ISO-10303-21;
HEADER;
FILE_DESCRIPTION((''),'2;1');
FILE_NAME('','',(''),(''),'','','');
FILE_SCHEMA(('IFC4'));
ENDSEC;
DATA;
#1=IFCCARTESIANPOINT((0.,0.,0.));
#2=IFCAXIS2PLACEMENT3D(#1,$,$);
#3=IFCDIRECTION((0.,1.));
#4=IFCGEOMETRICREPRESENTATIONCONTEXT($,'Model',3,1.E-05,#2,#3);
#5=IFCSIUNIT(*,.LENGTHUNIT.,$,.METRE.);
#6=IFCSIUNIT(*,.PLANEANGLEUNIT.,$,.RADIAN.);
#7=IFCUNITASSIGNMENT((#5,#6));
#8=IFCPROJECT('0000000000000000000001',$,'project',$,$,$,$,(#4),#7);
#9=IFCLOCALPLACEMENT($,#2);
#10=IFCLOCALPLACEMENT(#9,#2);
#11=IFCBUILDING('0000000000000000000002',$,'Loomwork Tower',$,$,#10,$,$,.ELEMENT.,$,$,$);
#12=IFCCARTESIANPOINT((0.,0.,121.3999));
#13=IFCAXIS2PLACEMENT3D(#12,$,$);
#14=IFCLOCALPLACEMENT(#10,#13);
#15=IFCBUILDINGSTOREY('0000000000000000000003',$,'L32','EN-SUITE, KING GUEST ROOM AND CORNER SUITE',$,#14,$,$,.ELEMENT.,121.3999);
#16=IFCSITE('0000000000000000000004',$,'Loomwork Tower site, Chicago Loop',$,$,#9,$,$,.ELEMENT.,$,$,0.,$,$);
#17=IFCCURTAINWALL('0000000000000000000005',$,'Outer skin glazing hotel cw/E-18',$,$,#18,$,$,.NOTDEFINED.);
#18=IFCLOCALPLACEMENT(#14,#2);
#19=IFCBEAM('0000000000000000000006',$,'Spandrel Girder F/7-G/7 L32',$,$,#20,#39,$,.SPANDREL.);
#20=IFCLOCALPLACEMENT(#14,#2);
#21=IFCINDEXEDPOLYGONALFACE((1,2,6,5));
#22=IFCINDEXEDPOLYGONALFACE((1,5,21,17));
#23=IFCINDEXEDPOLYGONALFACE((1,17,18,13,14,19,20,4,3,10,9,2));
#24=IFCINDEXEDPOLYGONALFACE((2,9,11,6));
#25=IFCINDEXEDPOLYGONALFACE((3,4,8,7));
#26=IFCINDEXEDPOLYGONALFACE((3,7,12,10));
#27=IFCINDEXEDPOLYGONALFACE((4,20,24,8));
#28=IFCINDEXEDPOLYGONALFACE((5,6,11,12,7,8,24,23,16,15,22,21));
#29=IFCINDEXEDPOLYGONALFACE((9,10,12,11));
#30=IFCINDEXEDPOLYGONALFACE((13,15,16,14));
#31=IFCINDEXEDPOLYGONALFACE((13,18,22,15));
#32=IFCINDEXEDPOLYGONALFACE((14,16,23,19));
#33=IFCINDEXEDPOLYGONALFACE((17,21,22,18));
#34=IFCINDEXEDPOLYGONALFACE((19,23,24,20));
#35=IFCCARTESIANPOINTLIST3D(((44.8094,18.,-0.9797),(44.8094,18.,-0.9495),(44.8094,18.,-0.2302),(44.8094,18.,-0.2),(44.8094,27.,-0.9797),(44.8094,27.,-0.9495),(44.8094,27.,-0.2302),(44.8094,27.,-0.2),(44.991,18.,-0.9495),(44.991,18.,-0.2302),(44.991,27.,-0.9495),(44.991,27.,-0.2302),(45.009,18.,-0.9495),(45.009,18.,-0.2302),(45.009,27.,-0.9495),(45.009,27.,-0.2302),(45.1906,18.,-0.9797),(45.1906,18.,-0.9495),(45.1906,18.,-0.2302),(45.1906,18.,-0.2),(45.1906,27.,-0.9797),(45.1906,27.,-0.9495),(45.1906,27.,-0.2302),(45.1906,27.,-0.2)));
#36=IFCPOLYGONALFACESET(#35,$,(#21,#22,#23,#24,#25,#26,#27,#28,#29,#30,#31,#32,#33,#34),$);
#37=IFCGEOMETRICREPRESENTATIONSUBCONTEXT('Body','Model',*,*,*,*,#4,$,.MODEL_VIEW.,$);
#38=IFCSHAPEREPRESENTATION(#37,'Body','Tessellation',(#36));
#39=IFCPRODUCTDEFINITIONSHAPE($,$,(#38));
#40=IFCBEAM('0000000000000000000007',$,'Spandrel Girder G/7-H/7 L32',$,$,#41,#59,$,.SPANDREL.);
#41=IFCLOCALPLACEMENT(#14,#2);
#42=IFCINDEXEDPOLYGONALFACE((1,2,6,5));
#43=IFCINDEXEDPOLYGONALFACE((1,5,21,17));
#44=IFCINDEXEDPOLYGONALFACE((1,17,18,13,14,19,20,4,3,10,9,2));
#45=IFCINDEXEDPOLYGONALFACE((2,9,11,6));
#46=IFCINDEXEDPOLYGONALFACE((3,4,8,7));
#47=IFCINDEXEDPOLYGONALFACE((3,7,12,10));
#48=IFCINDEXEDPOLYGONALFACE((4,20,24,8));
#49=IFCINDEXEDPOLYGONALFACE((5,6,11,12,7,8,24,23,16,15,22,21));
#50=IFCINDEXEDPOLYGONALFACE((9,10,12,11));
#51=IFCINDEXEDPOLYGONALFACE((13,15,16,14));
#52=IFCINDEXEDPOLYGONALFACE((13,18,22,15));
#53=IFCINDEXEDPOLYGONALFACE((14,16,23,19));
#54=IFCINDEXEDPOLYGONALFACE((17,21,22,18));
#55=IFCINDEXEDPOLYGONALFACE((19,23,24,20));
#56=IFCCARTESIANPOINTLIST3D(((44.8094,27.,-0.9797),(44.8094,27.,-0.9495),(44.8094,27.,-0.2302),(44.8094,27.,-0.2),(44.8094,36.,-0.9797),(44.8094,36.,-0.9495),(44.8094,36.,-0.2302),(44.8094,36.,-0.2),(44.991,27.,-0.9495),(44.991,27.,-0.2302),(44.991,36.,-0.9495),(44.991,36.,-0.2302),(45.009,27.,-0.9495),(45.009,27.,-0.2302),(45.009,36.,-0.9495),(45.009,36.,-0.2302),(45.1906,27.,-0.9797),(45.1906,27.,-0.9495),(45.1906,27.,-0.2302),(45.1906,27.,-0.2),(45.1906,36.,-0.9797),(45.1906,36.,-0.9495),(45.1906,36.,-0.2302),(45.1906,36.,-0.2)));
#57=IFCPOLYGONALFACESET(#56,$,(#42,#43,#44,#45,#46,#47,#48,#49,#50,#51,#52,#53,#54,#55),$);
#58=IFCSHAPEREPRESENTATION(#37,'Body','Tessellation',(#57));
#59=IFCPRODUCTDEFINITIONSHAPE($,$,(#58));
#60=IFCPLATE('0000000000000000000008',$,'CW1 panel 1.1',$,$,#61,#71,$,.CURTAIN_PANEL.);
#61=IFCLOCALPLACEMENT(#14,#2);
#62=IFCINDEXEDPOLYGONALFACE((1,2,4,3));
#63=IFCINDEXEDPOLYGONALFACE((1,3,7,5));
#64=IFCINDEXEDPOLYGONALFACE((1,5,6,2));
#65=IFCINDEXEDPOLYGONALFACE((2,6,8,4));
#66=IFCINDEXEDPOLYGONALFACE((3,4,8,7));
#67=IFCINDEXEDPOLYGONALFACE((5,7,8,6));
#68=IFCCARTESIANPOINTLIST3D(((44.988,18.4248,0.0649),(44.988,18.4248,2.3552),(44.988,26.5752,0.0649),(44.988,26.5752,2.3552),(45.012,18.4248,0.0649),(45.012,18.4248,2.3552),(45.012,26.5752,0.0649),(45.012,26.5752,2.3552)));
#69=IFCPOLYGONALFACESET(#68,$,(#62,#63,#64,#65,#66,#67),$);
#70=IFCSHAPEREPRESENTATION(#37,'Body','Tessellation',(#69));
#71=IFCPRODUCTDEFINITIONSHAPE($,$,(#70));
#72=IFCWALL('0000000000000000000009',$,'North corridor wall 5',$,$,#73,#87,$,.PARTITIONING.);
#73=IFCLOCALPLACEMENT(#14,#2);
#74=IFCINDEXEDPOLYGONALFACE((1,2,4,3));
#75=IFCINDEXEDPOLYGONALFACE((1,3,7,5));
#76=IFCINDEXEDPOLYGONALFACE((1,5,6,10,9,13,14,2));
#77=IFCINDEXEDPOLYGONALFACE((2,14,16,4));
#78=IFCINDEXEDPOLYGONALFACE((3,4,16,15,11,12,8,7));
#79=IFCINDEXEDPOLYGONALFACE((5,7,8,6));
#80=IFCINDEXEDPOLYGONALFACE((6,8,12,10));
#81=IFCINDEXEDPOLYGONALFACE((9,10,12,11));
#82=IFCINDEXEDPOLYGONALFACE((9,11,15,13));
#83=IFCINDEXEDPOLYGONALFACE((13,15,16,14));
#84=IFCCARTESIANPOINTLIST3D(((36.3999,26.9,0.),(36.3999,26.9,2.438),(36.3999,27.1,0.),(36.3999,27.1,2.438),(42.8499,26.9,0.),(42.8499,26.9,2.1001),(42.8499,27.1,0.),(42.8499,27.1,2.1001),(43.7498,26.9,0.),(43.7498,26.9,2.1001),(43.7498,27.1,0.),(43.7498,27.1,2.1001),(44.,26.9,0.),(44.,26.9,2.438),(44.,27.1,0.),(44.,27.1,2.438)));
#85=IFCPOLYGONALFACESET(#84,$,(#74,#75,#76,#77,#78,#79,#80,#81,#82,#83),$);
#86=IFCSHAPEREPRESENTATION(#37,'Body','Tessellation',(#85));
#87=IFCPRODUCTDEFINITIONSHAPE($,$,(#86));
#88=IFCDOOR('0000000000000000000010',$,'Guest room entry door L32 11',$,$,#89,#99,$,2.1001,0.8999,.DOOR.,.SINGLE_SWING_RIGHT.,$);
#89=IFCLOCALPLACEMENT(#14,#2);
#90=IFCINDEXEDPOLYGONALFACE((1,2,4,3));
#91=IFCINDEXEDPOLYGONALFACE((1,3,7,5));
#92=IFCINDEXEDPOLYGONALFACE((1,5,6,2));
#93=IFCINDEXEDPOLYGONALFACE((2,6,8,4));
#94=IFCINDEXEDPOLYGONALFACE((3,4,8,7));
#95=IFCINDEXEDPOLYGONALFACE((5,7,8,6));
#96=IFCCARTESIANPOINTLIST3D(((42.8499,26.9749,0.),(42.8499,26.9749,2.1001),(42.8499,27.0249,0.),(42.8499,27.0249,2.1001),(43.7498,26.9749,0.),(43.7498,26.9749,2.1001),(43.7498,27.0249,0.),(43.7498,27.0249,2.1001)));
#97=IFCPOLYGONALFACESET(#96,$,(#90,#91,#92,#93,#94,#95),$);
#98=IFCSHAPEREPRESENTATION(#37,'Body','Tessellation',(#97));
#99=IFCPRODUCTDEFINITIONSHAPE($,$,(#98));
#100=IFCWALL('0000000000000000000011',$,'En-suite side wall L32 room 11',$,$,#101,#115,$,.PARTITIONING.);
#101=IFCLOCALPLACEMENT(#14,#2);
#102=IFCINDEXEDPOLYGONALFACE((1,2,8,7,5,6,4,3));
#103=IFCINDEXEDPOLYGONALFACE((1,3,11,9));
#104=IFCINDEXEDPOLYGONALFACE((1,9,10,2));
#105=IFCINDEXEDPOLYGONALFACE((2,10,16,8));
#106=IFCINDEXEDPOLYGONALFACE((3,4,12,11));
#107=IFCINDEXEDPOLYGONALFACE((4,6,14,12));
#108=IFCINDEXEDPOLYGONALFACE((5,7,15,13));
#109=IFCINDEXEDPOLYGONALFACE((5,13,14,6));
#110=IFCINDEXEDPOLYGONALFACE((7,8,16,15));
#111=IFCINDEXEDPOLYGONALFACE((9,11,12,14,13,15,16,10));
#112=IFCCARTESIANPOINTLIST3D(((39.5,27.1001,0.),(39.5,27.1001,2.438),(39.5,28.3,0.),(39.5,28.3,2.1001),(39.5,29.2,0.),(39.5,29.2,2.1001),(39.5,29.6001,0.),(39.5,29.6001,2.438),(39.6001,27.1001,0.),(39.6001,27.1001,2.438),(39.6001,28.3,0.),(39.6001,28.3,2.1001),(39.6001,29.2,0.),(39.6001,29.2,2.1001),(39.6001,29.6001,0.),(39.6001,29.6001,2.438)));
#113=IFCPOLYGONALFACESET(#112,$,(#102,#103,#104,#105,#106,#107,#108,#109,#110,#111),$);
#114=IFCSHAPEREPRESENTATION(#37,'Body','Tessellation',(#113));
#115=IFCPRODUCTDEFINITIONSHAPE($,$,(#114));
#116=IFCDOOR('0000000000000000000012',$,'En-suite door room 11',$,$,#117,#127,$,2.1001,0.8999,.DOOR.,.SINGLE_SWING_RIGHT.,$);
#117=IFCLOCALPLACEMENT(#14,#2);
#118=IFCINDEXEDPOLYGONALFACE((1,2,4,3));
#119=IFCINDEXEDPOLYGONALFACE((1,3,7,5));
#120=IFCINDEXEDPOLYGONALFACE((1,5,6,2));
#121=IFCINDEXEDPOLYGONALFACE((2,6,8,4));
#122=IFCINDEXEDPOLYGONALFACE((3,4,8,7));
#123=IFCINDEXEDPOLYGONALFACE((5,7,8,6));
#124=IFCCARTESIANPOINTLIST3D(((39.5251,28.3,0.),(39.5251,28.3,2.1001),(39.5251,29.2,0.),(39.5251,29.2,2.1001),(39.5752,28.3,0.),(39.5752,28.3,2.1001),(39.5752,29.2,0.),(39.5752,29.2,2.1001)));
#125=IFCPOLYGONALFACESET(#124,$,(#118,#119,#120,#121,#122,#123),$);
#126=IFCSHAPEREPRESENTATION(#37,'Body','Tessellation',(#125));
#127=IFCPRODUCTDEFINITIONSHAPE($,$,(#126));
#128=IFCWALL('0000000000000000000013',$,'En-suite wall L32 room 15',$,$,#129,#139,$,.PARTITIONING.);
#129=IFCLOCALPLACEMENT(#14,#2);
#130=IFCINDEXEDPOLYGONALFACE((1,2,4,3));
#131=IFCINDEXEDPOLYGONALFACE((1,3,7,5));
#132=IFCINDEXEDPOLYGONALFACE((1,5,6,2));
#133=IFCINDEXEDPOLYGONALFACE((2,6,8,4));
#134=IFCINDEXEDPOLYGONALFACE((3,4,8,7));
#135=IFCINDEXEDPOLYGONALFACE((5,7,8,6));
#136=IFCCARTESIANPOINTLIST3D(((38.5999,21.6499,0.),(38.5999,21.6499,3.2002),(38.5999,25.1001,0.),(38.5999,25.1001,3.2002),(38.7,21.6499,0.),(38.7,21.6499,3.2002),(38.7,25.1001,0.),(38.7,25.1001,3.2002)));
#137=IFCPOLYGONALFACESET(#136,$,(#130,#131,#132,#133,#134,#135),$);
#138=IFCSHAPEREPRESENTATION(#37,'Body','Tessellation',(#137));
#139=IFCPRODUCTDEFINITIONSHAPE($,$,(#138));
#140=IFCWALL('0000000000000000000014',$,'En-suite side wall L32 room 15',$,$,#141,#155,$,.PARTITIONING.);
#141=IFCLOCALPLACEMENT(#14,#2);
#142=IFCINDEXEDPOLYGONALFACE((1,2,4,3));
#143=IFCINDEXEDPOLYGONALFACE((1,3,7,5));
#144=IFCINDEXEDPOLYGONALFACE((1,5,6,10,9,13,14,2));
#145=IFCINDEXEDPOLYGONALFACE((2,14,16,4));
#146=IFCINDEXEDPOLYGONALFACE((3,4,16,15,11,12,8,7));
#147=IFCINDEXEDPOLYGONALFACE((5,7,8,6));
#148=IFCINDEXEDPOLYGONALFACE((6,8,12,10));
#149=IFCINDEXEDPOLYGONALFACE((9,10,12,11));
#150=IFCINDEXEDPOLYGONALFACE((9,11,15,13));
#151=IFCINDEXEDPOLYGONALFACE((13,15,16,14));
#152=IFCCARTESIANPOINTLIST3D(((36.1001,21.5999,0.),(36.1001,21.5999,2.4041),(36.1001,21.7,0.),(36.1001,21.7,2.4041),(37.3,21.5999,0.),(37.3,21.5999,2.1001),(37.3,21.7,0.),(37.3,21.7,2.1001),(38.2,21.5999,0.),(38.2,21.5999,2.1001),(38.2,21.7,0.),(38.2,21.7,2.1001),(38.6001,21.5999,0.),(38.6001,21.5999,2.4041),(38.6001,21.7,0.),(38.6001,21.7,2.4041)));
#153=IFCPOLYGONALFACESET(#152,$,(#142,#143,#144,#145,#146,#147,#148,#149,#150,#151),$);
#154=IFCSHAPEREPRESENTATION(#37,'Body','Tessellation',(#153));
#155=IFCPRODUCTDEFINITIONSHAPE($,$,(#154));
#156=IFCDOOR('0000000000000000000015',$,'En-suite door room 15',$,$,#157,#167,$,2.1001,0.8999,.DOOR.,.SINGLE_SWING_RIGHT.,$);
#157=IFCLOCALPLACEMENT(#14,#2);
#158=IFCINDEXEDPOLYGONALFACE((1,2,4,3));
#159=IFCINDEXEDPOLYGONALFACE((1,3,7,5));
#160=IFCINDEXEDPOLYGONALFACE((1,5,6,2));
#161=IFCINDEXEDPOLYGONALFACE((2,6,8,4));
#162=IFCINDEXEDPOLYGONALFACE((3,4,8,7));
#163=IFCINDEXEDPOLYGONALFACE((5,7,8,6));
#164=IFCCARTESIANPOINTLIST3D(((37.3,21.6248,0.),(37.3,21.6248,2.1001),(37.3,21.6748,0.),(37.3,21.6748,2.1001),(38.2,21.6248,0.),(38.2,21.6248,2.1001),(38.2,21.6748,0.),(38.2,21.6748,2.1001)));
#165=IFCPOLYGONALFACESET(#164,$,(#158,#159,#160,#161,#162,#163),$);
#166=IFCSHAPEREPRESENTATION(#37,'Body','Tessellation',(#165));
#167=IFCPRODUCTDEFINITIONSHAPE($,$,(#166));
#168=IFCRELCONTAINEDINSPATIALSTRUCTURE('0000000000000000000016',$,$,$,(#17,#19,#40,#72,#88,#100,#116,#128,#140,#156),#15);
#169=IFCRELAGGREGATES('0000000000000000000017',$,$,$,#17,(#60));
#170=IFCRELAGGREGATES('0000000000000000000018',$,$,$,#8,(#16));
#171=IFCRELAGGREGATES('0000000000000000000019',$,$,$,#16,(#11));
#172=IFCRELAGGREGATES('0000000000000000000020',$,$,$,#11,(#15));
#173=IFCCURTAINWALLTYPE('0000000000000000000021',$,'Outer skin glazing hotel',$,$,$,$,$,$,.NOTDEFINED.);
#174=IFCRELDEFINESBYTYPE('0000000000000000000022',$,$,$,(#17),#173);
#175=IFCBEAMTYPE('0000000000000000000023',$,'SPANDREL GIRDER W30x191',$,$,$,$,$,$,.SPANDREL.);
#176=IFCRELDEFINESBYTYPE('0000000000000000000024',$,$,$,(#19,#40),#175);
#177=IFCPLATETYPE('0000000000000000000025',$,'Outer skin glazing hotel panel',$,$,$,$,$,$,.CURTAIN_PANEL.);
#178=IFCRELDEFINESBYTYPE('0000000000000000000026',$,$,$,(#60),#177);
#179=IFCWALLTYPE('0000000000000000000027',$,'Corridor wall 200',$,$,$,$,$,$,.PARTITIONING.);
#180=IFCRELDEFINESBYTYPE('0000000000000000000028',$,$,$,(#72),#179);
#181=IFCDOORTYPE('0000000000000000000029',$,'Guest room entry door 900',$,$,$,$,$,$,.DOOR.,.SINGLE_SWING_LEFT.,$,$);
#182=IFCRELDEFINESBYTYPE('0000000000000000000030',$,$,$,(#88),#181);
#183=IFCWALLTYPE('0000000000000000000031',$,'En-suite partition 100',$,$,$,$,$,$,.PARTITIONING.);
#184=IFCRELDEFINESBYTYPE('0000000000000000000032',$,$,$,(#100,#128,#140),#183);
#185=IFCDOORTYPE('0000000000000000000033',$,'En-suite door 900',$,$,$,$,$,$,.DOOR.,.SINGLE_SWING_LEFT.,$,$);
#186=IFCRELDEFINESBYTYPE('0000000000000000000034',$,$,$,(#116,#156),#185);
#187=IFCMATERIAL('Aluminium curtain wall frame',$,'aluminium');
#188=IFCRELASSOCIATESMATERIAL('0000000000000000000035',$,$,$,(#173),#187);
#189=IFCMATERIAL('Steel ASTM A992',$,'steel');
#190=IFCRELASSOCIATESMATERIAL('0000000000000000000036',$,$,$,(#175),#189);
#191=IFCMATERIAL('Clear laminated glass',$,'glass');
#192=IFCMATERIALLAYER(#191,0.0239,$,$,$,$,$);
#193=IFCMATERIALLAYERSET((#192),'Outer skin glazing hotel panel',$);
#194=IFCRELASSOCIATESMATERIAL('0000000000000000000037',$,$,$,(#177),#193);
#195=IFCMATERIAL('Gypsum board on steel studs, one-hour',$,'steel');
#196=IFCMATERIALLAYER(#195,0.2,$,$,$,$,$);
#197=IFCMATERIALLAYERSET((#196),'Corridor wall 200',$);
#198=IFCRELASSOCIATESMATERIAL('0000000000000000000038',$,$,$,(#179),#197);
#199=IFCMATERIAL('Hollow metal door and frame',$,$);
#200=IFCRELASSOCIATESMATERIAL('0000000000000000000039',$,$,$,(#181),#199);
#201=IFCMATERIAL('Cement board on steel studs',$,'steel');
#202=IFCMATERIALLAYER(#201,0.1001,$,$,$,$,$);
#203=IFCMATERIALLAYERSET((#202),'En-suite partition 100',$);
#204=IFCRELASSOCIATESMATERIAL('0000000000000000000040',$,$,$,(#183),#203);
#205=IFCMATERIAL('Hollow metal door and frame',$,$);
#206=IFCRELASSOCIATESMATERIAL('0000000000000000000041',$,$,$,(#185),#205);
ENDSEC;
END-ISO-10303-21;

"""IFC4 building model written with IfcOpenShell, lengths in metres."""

from ifc_helpers import new_model, si_unit, direction, frame, frame_2d, origin, origin_2d, place, context, subcontext, project, spatial, rectangle, i_section, extrude, material, layer, layer_set, material_profile, profile_set, type_object, element, fill, aggregate, save


model = new_model("IFC4")

# Units and contexts
model_context = context("Model", 3, precision=1e-05, world=origin(), true_north=direction((0.0, 1.0)))
body_context = subcontext(model_context, "Body", "Model", "MODEL_VIEW")
ifc_project = project(units=[si_unit("LENGTHUNIT", "METRE"), si_unit("PLANEANGLEUNIT", "RADIAN")], contexts=[model_context])

# Site, building, storey
site_placement = place(None, origin())
site = spatial("IfcSite", under=ifc_project, at=site_placement, Name="Loomwork Tower site, Chicago Loop", CompositionType="ELEMENT", RefElevation=0.0)
building_placement = place(site_placement, origin())
building = spatial("IfcBuilding", under=site, at=building_placement, Name="Loomwork Tower", CompositionType="ELEMENT")
storey_placement = place(building_placement, frame((0.0, 0.0, 121.3999)))
storey = spatial("IfcBuildingStorey", under=building, at=storey_placement, Name="L32", Description="EN-SUITE, KING GUEST ROOM AND CORNER SUITE", CompositionType="ELEMENT", Elevation=121.3999)

# Curtain wall
ifc_material_1 = material(Name="Aluminium curtain wall frame", Category="aluminium")
curtain_wall_type = type_object("IfcCurtainWallType", Name="Outer skin glazing hotel", PredefinedType="NOTDEFINED", material=ifc_material_1)
curtain_wall_1_placement = place(storey_placement, origin())
curtain_wall_1 = element("IfcCurtainWall", 1, at=curtain_wall_1_placement, inside=storey, type_object=curtain_wall_type, Name="Outer skin glazing hotel cw/E-18", PredefinedType="NOTDEFINED")

# Beams
ifc_material_2 = material(Name="Steel ASTM A992", Category="steel")
ifc_material_profile_1 = material_profile(ifc_material_2, i_section(OverallWidth=0.3811, OverallDepth=0.7798, WebThickness=0.0181, FlangeThickness=0.0303, at=origin_2d()), Name="W30x191")
ifc_profile_set_1 = profile_set([ifc_material_profile_1], Name="Steel ASTM A992")
beam_type_1 = type_object("IfcBeamType", Name="SPANDREL GIRDER W30x191", PredefinedType="SPANDREL", material=ifc_profile_set_1)
for number, where, z_axis, x_axis, name in (
    (2, (45.0, 18.0, -0.5898), (0.0, 1.0, 0.0), (-1.0, 0.0, 0.0), "Spandrel Girder F/7-G/7 L32"),
    (3, (45.0, 27.0, -0.5898), (0.0, 1.0, 0.0), (-1.0, 0.0, 0.0), "Spandrel Girder G/7-H/7 L32"),
):
    element("IfcBeam", number, at=place(storey_placement, frame(where, z_axis=z_axis, x_axis=x_axis)), inside=storey, type_object=beam_type_1, Name=name, PredefinedType="SPANDREL", context=body_context, shape_type="SweptSolid", body=[
        extrude(i_section(OverallWidth=0.3811, OverallDepth=0.7798, WebThickness=0.0181, FlangeThickness=0.0303, at=origin_2d()), origin(), (0.0, 0.0, 1.0), 9.0),
    ])

# Plate
ifc_material_3 = material(Name="Clear laminated glass", Category="glass")
ifc_layer_1 = layer(ifc_material_3, 0.0239)
ifc_layer_set_1 = layer_set([ifc_layer_1], Name="Outer skin glazing hotel panel")
plate_type = type_object("IfcPlateType", Name="Outer skin glazing hotel panel", PredefinedType="CURTAIN_PANEL", material=ifc_layer_set_1)
plate_placement = place(storey_placement, frame((45.0, 22.5, 0.0649), z_axis=(0.0, 0.0, 1.0), x_axis=(0.0, 1.0, 0.0)))
plate = element("IfcPlate", 4, at=plate_placement, type_object=plate_type, Name="CW1 panel 1.1", PredefinedType="CURTAIN_PANEL", context=body_context, shape_type="SweptSolid", body=[
    extrude(rectangle(XDim=8.1504, YDim=0.0239, at=origin_2d()), origin(), (0.0, 0.0, 1.0), 2.2903),
])
aggregate(curtain_wall_1, [plate])

# Walls, openings, doors
ifc_material_4 = material(Name="Gypsum board on steel studs, one-hour", Category="steel")
ifc_layer_2 = layer(ifc_material_4, 0.2)
ifc_layer_set_2 = layer_set([ifc_layer_2], Name="Corridor wall 200")
wall_type_1 = type_object("IfcWallType", Name="Corridor wall 200", PredefinedType="PARTITIONING", material=ifc_layer_set_2)
wall_1_placement = place(storey_placement, frame((36.3999, 27.0, 0.0), z_axis=(0.0, 0.0, 1.0), x_axis=(1.0, 0.0, 0.0)))
wall_1 = element("IfcWall", 5, at=wall_1_placement, inside=storey, type_object=wall_type_1, Name="North corridor wall 5", PredefinedType="PARTITIONING", context=body_context, shape_type="SweptSolid", body=[
    extrude(rectangle(XDim=7.6001, YDim=0.2, at=frame_2d((3.8, 0.0))), origin(), (0.0, 0.0, 1.0), 2.438),
])
opening_1_placement = place(wall_1_placement, frame((6.45, 0.0, 0.0)))
opening_1 = element("IfcOpeningElement", 6, at=opening_1_placement, cuts=wall_1, PredefinedType="OPENING", context=body_context, shape_type="SweptSolid", body=[
    extrude(rectangle(XDim=0.8999, YDim=2.1001, at=frame_2d((0.45, 1.05))), frame((0.0, 0.1099, 0.0), z_axis=(0.0, -1.0, 0.0), x_axis=(1.0, 0.0, 0.0)), (0.0, 0.0, 1.0), 0.22),
])
ifc_material_5 = material(Name="Hollow metal door and frame")
door_type_1 = type_object("IfcDoorType", Name="Guest room entry door 900", OperationType="SINGLE_SWING_LEFT", PredefinedType="DOOR", material=ifc_material_5)
door_1_placement = place(opening_1_placement, origin())
door_1 = element("IfcDoor", 7, at=door_1_placement, inside=storey, type_object=door_type_1, Name="Guest room entry door L32 11", OperationType="SINGLE_SWING_RIGHT", OverallHeight=2.1001, OverallWidth=0.8999, PredefinedType="DOOR", context=body_context, shape_type="SweptSolid", body=[
    extrude(rectangle(XDim=0.8999, YDim=2.1001, at=frame_2d((0.45, 1.05))), frame((0.0, 0.0249, 0.0), z_axis=(0.0, -1.0, 0.0), x_axis=(1.0, 0.0, 0.0)), (0.0, 0.0, 1.0), 0.05),
])
fill(opening_1, door_1)
ifc_material_6 = material(Name="Cement board on steel studs", Category="steel")
ifc_layer_3 = layer(ifc_material_6, 0.1001)
ifc_layer_set_3 = layer_set([ifc_layer_3], Name="En-suite partition 100")
wall_type_2 = type_object("IfcWallType", Name="En-suite partition 100", PredefinedType="PARTITIONING", material=ifc_layer_set_3)
wall_2_placement = place(storey_placement, frame((39.55, 27.1001, 0.0), z_axis=(0.0, 0.0, 1.0), x_axis=(0.0, 1.0, 0.0)))
wall_2 = element("IfcWall", 8, at=wall_2_placement, inside=storey, type_object=wall_type_2, Name="En-suite side wall L32 room 11", PredefinedType="PARTITIONING", context=body_context, shape_type="SweptSolid", body=[
    extrude(rectangle(XDim=2.5, YDim=0.1001, at=frame_2d((1.25, 0.0))), origin(), (0.0, 0.0, 1.0), 2.438),
])
opening_2_placement = place(wall_2_placement, frame((1.2, 0.0, 0.0)))
opening_2 = element("IfcOpeningElement", 9, at=opening_2_placement, cuts=wall_2, PredefinedType="OPENING", context=body_context, shape_type="SweptSolid", body=[
    extrude(rectangle(XDim=0.8999, YDim=2.1001, at=frame_2d((0.45, 1.05))), frame((0.0, 0.0601, 0.0), z_axis=(0.0, -1.0, 0.0), x_axis=(1.0, 0.0, 0.0)), (0.0, 0.0, 1.0), 0.1201),
])
ifc_material_7 = material(Name="Hollow metal door and frame")
door_type_2 = type_object("IfcDoorType", Name="En-suite door 900", OperationType="SINGLE_SWING_LEFT", PredefinedType="DOOR", material=ifc_material_7)
door_2_placement = place(opening_2_placement, origin())
door_2 = element("IfcDoor", 10, at=door_2_placement, inside=storey, type_object=door_type_2, Name="En-suite door room 11", OperationType="SINGLE_SWING_RIGHT", OverallHeight=2.1001, OverallWidth=0.8999, PredefinedType="DOOR", context=body_context, shape_type="SweptSolid", body=[
    extrude(rectangle(XDim=0.8999, YDim=2.1001, at=frame_2d((0.45, 1.05))), frame((0.0, 0.0249, 0.0), z_axis=(0.0, -1.0, 0.0), x_axis=(1.0, 0.0, 0.0)), (0.0, 0.0, 1.0), 0.05),
])
fill(opening_2, door_2)

# Wall
wall_3_placement = place(storey_placement, frame((38.6499, 21.6499, 0.0), z_axis=(0.0, 0.0, 1.0), x_axis=(0.0, 1.0, 0.0)))
element("IfcWall", 11, at=wall_3_placement, inside=storey, type_object=wall_type_2, Name="En-suite wall L32 room 15", PredefinedType="PARTITIONING", context=body_context, shape_type="SweptSolid", body=[
    extrude(rectangle(XDim=3.4502, YDim=0.1001, at=frame_2d((1.7251, 0.0))), origin(), (0.0, 0.0, 1.0), 3.2002),
])

# Wall, opening, door
wall_4_placement = place(storey_placement, frame((36.1001, 21.6499, 0.0), z_axis=(0.0, 0.0, 1.0), x_axis=(1.0, 0.0, 0.0)))
wall_4 = element("IfcWall", 12, at=wall_4_placement, inside=storey, type_object=wall_type_2, Name="En-suite side wall L32 room 15", PredefinedType="PARTITIONING", context=body_context, shape_type="SweptSolid", body=[
    extrude(rectangle(XDim=2.5, YDim=0.1001, at=frame_2d((1.25, 0.0))), origin(), (0.0, 0.0, 1.0), 2.4041),
])
opening_3_placement = place(wall_4_placement, frame((1.2, 0.0, 0.0)))
opening_3 = element("IfcOpeningElement", 13, at=opening_3_placement, cuts=wall_4, PredefinedType="OPENING", context=body_context, shape_type="SweptSolid", body=[
    extrude(rectangle(XDim=0.8999, YDim=2.1001, at=frame_2d((0.45, 1.05))), frame((0.0, 0.0601, 0.0), z_axis=(0.0, -1.0, 0.0), x_axis=(1.0, 0.0, 0.0)), (0.0, 0.0, 1.0), 0.1201),
])
door_3_placement = place(opening_3_placement, origin())
door_3 = element("IfcDoor", 14, at=door_3_placement, inside=storey, type_object=door_type_2, Name="En-suite door room 15", OperationType="SINGLE_SWING_RIGHT", OverallHeight=2.1001, OverallWidth=0.8999, PredefinedType="DOOR", context=body_context, shape_type="SweptSolid", body=[
    extrude(rectangle(XDim=0.8999, YDim=2.1001, at=frame_2d((0.45, 1.05))), frame((0.0, 0.0249, 0.0), z_axis=(0.0, -1.0, 0.0), x_axis=(1.0, 0.0, 0.0)), (0.0, 0.0, 1.0), 0.05),
])
fill(opening_3, door_3)

save(model, "model.ifc")
